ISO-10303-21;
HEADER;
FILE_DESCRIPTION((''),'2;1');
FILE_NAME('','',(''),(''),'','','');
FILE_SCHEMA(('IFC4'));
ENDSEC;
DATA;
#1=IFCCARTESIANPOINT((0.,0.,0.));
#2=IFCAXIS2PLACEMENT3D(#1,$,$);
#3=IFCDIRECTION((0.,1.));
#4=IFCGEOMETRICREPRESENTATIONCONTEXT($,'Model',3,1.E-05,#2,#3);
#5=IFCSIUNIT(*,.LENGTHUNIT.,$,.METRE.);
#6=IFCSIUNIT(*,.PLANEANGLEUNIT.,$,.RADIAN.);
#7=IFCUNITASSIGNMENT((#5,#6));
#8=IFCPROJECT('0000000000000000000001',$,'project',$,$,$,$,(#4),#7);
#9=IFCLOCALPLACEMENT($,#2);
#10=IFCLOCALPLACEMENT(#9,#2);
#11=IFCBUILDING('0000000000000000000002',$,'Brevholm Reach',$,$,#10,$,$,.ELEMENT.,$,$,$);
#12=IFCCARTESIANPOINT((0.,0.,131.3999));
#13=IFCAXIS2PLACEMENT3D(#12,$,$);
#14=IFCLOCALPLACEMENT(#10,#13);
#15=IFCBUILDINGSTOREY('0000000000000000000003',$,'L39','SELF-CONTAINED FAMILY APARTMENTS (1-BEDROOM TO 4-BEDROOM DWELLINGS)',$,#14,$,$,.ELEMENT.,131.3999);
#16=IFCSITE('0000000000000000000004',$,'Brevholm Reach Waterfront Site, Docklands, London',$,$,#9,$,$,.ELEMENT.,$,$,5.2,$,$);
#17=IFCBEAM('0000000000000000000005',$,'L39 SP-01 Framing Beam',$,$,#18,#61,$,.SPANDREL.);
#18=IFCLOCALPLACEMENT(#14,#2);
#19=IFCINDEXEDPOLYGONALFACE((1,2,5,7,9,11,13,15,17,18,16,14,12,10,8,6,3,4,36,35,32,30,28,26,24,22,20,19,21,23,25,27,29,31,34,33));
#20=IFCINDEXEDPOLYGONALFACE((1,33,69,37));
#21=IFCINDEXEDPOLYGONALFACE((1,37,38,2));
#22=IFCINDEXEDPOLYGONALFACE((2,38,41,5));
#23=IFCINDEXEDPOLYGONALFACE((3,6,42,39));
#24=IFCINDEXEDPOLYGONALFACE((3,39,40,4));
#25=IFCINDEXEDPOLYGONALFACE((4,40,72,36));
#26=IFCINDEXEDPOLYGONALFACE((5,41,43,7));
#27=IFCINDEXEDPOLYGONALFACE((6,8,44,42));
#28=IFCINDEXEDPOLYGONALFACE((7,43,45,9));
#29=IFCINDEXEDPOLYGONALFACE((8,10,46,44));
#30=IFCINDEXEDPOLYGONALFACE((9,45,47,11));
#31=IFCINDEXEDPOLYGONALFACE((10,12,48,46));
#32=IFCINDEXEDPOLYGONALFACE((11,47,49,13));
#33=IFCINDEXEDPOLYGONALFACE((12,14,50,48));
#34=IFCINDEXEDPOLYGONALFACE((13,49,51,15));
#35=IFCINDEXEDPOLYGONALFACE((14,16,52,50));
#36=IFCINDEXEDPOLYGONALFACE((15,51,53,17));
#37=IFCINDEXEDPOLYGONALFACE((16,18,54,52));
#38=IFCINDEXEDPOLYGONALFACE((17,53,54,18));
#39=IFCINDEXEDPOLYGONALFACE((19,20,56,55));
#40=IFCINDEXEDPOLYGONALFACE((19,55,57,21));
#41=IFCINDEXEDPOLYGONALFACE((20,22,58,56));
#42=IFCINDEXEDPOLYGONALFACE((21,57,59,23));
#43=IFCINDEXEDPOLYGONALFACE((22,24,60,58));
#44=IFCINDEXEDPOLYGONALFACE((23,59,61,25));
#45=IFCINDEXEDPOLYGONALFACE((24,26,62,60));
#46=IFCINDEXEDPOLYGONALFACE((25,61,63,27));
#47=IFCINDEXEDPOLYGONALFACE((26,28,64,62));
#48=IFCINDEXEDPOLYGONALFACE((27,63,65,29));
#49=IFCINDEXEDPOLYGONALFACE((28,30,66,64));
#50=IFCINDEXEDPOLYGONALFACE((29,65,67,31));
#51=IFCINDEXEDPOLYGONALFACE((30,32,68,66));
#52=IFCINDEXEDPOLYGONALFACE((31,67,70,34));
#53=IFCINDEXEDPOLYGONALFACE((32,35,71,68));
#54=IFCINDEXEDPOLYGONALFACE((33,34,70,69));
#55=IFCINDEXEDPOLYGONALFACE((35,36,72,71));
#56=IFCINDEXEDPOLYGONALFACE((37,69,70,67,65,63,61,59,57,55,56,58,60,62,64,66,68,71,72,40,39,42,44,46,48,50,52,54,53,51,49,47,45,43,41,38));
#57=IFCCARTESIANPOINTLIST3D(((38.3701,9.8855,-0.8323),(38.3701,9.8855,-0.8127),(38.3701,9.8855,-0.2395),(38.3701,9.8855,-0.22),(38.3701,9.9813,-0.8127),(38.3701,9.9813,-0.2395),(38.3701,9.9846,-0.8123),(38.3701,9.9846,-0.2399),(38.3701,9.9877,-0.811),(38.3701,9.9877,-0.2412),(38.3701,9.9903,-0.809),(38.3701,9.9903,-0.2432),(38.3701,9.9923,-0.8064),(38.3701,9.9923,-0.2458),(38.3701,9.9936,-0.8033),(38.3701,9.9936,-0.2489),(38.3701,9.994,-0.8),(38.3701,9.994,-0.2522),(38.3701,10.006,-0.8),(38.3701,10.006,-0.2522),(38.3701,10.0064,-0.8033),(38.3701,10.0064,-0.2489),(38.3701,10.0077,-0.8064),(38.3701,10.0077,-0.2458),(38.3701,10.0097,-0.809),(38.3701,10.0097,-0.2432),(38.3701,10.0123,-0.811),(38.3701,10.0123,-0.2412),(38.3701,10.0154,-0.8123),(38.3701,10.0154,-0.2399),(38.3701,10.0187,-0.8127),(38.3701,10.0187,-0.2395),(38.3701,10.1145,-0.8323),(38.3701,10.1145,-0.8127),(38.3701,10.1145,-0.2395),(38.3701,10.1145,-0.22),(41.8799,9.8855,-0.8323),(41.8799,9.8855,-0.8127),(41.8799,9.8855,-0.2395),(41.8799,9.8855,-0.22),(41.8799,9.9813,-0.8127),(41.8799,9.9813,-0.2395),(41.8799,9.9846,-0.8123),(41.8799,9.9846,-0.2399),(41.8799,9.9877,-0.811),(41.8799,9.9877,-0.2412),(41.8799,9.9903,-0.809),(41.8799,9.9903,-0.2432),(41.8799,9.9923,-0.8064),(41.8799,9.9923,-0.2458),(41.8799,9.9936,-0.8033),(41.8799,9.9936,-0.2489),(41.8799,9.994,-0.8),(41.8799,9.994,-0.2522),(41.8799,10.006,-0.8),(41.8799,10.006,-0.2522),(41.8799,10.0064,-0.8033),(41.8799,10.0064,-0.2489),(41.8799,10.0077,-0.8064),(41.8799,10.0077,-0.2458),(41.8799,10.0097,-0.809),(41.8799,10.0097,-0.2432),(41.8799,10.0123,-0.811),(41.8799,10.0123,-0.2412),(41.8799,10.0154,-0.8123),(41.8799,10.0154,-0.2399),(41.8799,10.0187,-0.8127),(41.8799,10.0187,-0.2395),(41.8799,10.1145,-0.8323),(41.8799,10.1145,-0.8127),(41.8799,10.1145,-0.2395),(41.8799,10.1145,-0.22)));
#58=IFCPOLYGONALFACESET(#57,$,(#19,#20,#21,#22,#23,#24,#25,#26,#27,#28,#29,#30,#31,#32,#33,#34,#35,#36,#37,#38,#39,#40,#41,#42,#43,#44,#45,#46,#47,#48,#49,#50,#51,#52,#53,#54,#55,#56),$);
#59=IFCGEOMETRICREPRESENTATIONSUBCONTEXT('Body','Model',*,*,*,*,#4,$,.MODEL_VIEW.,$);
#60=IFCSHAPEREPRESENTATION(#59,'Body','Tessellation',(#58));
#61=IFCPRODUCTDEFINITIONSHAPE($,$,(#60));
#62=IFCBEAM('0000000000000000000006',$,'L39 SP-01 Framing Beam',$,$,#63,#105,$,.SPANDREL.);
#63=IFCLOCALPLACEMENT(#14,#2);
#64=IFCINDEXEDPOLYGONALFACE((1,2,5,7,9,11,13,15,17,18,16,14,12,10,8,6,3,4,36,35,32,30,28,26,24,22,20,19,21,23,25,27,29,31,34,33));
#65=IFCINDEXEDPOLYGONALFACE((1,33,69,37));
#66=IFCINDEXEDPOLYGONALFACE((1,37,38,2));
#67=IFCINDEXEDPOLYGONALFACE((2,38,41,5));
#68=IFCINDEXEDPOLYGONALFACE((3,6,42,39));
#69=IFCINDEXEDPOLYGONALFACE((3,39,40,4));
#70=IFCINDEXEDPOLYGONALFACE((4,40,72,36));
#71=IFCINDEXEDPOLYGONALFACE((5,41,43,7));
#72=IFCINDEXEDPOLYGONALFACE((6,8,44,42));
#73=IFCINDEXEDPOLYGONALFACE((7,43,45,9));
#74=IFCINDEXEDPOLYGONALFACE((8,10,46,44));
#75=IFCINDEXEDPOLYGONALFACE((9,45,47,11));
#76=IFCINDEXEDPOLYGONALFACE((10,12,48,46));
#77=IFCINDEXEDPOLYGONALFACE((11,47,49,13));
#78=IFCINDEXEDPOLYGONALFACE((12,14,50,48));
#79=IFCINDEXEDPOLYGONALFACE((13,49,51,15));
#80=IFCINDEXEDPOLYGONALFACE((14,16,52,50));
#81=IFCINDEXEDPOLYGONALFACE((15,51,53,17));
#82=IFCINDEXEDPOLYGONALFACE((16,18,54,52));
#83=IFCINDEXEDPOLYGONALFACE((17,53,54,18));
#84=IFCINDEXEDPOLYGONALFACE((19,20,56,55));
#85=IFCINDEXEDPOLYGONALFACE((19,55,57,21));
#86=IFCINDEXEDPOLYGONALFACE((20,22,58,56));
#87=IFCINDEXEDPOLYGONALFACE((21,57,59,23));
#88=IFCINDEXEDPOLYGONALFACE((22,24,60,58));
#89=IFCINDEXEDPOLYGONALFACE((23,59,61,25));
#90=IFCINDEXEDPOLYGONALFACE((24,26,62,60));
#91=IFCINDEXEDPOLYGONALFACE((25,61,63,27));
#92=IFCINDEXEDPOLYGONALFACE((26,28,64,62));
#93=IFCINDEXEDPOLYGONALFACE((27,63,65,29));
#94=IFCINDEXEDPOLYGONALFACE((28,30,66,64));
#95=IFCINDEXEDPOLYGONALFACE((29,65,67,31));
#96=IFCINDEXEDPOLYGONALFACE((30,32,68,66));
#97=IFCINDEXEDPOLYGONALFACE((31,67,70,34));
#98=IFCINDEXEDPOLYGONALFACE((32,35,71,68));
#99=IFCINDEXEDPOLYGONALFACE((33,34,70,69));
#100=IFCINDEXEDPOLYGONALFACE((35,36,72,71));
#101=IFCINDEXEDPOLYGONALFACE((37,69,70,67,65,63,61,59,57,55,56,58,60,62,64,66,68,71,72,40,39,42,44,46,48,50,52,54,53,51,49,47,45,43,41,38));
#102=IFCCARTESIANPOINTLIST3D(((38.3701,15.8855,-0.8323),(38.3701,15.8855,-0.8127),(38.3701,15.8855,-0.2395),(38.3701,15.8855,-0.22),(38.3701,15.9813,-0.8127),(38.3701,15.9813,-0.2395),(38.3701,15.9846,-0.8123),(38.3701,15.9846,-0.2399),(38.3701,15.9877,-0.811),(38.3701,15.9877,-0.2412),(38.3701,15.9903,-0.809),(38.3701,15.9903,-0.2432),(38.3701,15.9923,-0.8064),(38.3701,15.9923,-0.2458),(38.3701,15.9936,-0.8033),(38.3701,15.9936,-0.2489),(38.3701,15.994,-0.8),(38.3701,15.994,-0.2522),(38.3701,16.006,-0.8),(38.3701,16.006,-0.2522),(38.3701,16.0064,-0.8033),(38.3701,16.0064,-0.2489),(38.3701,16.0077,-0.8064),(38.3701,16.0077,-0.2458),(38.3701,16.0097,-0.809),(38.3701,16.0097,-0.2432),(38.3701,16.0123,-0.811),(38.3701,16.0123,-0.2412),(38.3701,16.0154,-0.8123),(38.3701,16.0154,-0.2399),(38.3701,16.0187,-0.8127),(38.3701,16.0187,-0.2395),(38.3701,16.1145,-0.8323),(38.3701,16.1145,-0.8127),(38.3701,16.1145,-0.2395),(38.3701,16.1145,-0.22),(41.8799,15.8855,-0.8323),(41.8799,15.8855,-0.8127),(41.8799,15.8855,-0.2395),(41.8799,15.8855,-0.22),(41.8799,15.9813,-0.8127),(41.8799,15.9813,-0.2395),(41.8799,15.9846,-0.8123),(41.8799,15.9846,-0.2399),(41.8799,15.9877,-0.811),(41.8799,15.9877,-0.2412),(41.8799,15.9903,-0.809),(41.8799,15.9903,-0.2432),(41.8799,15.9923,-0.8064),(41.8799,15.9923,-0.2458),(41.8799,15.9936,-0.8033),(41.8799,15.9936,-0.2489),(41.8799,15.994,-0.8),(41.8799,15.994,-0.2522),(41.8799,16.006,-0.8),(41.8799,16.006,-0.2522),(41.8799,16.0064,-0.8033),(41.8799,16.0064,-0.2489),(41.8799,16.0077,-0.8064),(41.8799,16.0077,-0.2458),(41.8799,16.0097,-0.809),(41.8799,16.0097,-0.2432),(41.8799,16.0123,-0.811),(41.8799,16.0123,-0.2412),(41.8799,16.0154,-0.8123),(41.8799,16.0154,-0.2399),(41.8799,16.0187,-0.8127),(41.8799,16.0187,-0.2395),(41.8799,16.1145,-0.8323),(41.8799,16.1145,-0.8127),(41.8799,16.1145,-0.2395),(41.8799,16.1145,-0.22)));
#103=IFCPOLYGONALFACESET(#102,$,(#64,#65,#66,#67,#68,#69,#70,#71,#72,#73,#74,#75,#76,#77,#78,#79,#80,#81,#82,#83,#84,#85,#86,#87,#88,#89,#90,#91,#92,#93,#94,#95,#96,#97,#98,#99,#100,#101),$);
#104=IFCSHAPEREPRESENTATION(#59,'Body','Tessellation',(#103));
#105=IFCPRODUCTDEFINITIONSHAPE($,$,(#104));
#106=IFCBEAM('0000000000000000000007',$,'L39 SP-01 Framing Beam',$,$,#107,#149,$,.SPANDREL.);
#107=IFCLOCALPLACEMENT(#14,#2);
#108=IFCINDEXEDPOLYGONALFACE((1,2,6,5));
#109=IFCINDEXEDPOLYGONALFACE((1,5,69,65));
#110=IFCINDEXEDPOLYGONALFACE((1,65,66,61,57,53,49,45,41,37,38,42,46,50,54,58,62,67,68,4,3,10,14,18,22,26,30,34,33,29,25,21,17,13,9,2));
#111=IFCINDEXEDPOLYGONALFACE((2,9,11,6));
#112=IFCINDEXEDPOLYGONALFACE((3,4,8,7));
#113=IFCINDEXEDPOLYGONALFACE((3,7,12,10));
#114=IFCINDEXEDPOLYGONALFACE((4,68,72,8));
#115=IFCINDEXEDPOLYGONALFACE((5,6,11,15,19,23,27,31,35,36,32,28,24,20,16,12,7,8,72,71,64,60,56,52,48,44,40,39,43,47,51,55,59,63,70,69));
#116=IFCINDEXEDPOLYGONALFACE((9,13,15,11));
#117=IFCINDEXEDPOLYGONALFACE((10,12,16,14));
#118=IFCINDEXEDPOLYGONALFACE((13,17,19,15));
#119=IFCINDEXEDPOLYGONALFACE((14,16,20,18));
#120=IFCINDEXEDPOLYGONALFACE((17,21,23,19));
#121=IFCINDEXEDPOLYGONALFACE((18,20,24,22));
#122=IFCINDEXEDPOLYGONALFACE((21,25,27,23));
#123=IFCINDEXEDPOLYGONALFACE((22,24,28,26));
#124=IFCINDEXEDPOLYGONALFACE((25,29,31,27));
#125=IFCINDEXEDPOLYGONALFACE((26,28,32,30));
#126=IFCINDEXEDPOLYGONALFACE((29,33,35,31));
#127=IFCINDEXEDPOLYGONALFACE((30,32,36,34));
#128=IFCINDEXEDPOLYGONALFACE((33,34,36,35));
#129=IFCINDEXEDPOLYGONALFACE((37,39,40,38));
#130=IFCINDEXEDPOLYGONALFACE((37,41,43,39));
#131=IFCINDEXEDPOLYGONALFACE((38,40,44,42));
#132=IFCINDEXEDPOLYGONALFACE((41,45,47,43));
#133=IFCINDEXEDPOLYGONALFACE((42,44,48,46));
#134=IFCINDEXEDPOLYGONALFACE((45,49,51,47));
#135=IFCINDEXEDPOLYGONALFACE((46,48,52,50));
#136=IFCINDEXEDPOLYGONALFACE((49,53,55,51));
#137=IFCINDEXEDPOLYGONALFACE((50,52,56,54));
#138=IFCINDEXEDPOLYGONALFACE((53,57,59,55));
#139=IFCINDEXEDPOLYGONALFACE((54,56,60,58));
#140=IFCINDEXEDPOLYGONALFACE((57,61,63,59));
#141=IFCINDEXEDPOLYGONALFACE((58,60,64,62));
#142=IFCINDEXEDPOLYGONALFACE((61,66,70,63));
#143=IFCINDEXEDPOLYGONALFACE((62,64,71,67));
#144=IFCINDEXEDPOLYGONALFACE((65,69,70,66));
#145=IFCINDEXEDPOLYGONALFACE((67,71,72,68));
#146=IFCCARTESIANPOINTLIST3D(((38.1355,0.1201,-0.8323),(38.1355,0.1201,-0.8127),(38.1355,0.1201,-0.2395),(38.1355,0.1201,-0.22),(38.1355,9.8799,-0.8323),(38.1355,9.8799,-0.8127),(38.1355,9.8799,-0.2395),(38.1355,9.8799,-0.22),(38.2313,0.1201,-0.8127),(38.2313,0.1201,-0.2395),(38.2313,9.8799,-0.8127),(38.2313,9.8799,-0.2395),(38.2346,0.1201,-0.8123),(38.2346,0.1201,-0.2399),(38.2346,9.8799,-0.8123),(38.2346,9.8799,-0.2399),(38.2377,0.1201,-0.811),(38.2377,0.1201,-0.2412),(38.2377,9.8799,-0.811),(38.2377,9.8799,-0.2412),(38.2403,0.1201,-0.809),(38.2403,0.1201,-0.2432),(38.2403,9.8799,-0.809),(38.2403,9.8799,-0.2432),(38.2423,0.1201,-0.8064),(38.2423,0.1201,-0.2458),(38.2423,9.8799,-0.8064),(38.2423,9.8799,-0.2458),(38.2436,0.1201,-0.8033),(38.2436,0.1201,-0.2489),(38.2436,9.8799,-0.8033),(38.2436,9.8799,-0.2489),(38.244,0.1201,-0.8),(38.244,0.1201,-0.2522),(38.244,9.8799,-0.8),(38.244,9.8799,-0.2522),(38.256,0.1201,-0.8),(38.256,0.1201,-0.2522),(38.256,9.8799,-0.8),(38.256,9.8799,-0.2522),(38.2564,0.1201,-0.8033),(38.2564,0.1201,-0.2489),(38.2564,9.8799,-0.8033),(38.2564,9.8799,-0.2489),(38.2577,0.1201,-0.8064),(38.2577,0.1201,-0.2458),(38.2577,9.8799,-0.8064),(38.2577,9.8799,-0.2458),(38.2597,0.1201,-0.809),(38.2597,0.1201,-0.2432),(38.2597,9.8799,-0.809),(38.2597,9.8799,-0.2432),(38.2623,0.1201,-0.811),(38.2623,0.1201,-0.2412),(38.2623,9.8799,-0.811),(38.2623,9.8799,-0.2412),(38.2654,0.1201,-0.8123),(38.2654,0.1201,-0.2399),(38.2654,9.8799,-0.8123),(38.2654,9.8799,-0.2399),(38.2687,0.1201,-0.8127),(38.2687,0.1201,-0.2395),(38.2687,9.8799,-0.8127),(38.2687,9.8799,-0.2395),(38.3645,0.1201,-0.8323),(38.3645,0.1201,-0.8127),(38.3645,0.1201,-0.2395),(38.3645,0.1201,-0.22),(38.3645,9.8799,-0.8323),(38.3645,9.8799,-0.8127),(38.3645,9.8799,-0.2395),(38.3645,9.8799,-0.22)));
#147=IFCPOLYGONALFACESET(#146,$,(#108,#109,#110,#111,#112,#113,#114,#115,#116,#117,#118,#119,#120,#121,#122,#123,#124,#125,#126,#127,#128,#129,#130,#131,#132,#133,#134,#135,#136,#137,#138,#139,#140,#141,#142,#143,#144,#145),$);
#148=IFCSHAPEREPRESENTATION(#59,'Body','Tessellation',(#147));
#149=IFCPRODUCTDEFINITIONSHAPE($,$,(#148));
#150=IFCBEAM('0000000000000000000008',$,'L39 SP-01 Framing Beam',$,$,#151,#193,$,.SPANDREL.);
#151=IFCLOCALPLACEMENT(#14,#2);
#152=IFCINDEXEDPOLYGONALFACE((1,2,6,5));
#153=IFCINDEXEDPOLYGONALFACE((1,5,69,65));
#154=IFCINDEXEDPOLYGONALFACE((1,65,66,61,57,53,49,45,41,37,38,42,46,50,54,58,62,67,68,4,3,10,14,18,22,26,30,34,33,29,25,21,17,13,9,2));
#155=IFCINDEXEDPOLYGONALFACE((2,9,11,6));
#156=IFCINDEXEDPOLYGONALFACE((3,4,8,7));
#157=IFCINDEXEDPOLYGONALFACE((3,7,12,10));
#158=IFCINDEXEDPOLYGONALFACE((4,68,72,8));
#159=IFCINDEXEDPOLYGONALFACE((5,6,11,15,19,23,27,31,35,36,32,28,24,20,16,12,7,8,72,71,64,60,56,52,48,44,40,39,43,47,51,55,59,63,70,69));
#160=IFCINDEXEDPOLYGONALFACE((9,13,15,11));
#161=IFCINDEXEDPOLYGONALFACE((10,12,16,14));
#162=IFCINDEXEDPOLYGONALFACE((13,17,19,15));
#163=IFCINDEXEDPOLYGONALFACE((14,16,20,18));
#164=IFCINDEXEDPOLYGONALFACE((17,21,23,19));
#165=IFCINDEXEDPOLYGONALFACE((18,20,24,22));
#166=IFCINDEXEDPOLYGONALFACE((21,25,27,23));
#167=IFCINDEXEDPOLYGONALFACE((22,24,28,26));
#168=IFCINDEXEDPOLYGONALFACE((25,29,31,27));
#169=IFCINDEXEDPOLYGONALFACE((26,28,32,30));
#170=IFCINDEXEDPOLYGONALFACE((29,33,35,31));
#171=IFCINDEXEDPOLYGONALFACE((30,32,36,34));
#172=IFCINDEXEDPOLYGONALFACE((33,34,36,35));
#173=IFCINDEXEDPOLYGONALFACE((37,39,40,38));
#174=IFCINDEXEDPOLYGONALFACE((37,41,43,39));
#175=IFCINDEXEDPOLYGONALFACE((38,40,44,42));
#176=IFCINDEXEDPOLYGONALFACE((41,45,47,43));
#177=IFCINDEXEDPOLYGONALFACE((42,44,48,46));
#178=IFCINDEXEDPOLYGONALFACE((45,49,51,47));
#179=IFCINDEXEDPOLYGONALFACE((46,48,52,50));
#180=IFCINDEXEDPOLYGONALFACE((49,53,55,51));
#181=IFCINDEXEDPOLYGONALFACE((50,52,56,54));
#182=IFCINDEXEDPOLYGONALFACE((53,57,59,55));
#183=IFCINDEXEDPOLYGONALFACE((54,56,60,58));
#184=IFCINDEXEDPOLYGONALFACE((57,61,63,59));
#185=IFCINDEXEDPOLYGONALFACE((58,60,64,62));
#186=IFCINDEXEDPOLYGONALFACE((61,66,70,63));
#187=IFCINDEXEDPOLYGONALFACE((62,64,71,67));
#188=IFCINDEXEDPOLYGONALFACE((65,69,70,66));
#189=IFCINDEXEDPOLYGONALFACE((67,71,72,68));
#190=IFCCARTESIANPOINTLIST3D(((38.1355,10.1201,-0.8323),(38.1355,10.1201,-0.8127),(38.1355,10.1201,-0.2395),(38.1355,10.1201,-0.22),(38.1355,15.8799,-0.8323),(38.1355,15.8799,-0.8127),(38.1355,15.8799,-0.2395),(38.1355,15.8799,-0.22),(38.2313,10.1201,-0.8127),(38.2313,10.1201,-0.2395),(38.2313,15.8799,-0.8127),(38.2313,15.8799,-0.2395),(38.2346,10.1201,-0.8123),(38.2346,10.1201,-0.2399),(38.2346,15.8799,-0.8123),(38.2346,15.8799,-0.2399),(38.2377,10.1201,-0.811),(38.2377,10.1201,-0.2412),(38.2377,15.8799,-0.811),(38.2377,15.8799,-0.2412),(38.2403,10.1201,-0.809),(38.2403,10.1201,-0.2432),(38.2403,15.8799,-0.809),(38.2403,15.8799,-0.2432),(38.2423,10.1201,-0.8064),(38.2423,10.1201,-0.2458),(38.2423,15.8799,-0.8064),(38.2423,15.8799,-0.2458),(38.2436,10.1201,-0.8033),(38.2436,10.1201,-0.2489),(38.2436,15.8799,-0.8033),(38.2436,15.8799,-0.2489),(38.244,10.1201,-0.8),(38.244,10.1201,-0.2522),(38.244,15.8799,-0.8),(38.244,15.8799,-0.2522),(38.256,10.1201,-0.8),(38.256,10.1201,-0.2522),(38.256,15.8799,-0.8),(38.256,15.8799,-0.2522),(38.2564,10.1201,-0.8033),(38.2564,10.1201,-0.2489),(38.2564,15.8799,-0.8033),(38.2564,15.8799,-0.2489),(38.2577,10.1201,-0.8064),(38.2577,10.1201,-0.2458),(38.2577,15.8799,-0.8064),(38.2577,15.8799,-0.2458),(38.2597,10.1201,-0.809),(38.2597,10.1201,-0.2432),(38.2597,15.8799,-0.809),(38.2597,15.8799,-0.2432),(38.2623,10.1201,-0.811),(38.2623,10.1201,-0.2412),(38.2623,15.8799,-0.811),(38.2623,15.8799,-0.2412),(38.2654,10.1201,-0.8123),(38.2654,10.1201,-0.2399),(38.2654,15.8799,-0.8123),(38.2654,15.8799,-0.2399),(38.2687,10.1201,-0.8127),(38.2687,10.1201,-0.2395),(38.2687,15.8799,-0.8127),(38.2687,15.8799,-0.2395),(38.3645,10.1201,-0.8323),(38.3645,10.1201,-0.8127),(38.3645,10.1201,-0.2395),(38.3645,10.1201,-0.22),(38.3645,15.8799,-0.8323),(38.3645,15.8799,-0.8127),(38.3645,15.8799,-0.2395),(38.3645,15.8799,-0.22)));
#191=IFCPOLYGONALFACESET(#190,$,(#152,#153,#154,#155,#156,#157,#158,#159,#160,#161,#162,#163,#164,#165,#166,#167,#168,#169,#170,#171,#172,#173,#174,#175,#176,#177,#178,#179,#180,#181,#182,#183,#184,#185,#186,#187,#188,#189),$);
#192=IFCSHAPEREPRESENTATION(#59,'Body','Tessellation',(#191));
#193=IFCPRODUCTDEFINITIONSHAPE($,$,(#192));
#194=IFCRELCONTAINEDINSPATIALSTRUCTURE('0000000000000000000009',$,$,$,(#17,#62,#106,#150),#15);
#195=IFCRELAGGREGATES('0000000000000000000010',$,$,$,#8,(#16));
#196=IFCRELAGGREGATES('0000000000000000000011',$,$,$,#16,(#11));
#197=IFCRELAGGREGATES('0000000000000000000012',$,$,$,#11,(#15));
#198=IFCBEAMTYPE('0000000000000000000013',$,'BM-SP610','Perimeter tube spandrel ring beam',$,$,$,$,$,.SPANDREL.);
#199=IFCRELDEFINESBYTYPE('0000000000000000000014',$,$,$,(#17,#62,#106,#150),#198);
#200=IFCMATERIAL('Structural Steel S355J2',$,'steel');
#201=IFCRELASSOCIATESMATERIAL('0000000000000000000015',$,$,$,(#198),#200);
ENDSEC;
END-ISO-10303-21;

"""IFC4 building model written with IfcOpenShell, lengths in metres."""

from ifc_helpers import new_model, si_unit, direction, frame, origin, origin_2d, place, context, subcontext, project, spatial, i_section, extrude, material, material_profile, profile_set, type_object, element, save


model = new_model("IFC4")

# Units and contexts
model_context = context("Model", 3, precision=1e-05, world=origin(), true_north=direction((0.0, 1.0)))
body_context = subcontext(model_context, "Body", "Model", "MODEL_VIEW")
ifc_project = project(units=[si_unit("LENGTHUNIT", "METRE"), si_unit("PLANEANGLEUNIT", "RADIAN")], contexts=[model_context])

# Site, building, storey
site_placement = place(None, origin())
site = spatial("IfcSite", under=ifc_project, at=site_placement, Name="Brevholm Reach Waterfront Site, Docklands, London", CompositionType="ELEMENT", RefElevation=5.2)
building_placement = place(site_placement, origin())
building = spatial("IfcBuilding", under=site, at=building_placement, Name="Brevholm Reach", CompositionType="ELEMENT")
storey_placement = place(building_placement, frame((0.0, 0.0, 131.3999)))
storey = spatial("IfcBuildingStorey", under=building, at=storey_placement, Name="L39", Description="SELF-CONTAINED FAMILY APARTMENTS (1-BEDROOM TO 4-BEDROOM DWELLINGS)", CompositionType="ELEMENT", Elevation=131.3999)

# Beams
ifc_material_1 = material(Name="Structural Steel S355J2", Category="steel")
ifc_material_profile_1 = material_profile(ifc_material_1, i_section(OverallWidth=0.229, OverallDepth=0.6123, WebThickness=0.012, FlangeThickness=0.0195, FilletRadius=0.0127, at=origin_2d()), Name="UKB 610x229x125")
ifc_profile_set_1 = profile_set([ifc_material_profile_1], Name="Structural Steel S355J2")
beam_type_1 = type_object("IfcBeamType", Name="BM-SP610", Description="Perimeter tube spandrel ring beam", PredefinedType="SPANDREL", material=ifc_profile_set_1)
for number, where, z_axis, x_axis, name in (
    (1, (38.3701, 10.0, -0.5261), (1.0, 0.0, 0.0), (0.0, 1.0, 0.0), "L39 SP-01 Framing Beam"),
    (2, (38.3701, 16.0, -0.5261), (1.0, 0.0, 0.0), (0.0, 1.0, 0.0), "L39 SP-01 Framing Beam"),
):
    element("IfcBeam", number, at=place(storey_placement, frame(where, z_axis=z_axis, x_axis=x_axis)), inside=storey, type_object=beam_type_1, Name=name, PredefinedType="SPANDREL", context=body_context, shape_type="SweptSolid", body=[
        extrude(i_section(OverallWidth=0.229, OverallDepth=0.6123, WebThickness=0.012, FlangeThickness=0.0195, FilletRadius=0.0127, at=origin_2d()), origin(), (0.0, 0.0, 1.0), 3.5098),
    ])
beam_1_placement = place(storey_placement, frame((38.25, 0.1201, -0.5261), z_axis=(0.0, 1.0, 0.0), x_axis=(-1.0, 0.0, 0.0)))
element("IfcBeam", 3, at=beam_1_placement, inside=storey, type_object=beam_type_1, Name="L39 SP-01 Framing Beam", PredefinedType="SPANDREL", context=body_context, shape_type="SweptSolid", body=[
    extrude(i_section(OverallWidth=0.229, OverallDepth=0.6123, WebThickness=0.012, FlangeThickness=0.0195, FilletRadius=0.0127, at=origin_2d()), origin(), (0.0, 0.0, 1.0), 9.7598),
])
beam_2_placement = place(storey_placement, frame((38.25, 10.1201, -0.5261), z_axis=(0.0, 1.0, 0.0), x_axis=(-1.0, 0.0, 0.0)))
element("IfcBeam", 4, at=beam_2_placement, inside=storey, type_object=beam_type_1, Name="L39 SP-01 Framing Beam", PredefinedType="SPANDREL", context=body_context, shape_type="SweptSolid", body=[
    extrude(i_section(OverallWidth=0.229, OverallDepth=0.6123, WebThickness=0.012, FlangeThickness=0.0195, FilletRadius=0.0127, at=origin_2d()), origin(), (0.0, 0.0, 1.0), 5.7598),
])

save(model, "model.ifc")
